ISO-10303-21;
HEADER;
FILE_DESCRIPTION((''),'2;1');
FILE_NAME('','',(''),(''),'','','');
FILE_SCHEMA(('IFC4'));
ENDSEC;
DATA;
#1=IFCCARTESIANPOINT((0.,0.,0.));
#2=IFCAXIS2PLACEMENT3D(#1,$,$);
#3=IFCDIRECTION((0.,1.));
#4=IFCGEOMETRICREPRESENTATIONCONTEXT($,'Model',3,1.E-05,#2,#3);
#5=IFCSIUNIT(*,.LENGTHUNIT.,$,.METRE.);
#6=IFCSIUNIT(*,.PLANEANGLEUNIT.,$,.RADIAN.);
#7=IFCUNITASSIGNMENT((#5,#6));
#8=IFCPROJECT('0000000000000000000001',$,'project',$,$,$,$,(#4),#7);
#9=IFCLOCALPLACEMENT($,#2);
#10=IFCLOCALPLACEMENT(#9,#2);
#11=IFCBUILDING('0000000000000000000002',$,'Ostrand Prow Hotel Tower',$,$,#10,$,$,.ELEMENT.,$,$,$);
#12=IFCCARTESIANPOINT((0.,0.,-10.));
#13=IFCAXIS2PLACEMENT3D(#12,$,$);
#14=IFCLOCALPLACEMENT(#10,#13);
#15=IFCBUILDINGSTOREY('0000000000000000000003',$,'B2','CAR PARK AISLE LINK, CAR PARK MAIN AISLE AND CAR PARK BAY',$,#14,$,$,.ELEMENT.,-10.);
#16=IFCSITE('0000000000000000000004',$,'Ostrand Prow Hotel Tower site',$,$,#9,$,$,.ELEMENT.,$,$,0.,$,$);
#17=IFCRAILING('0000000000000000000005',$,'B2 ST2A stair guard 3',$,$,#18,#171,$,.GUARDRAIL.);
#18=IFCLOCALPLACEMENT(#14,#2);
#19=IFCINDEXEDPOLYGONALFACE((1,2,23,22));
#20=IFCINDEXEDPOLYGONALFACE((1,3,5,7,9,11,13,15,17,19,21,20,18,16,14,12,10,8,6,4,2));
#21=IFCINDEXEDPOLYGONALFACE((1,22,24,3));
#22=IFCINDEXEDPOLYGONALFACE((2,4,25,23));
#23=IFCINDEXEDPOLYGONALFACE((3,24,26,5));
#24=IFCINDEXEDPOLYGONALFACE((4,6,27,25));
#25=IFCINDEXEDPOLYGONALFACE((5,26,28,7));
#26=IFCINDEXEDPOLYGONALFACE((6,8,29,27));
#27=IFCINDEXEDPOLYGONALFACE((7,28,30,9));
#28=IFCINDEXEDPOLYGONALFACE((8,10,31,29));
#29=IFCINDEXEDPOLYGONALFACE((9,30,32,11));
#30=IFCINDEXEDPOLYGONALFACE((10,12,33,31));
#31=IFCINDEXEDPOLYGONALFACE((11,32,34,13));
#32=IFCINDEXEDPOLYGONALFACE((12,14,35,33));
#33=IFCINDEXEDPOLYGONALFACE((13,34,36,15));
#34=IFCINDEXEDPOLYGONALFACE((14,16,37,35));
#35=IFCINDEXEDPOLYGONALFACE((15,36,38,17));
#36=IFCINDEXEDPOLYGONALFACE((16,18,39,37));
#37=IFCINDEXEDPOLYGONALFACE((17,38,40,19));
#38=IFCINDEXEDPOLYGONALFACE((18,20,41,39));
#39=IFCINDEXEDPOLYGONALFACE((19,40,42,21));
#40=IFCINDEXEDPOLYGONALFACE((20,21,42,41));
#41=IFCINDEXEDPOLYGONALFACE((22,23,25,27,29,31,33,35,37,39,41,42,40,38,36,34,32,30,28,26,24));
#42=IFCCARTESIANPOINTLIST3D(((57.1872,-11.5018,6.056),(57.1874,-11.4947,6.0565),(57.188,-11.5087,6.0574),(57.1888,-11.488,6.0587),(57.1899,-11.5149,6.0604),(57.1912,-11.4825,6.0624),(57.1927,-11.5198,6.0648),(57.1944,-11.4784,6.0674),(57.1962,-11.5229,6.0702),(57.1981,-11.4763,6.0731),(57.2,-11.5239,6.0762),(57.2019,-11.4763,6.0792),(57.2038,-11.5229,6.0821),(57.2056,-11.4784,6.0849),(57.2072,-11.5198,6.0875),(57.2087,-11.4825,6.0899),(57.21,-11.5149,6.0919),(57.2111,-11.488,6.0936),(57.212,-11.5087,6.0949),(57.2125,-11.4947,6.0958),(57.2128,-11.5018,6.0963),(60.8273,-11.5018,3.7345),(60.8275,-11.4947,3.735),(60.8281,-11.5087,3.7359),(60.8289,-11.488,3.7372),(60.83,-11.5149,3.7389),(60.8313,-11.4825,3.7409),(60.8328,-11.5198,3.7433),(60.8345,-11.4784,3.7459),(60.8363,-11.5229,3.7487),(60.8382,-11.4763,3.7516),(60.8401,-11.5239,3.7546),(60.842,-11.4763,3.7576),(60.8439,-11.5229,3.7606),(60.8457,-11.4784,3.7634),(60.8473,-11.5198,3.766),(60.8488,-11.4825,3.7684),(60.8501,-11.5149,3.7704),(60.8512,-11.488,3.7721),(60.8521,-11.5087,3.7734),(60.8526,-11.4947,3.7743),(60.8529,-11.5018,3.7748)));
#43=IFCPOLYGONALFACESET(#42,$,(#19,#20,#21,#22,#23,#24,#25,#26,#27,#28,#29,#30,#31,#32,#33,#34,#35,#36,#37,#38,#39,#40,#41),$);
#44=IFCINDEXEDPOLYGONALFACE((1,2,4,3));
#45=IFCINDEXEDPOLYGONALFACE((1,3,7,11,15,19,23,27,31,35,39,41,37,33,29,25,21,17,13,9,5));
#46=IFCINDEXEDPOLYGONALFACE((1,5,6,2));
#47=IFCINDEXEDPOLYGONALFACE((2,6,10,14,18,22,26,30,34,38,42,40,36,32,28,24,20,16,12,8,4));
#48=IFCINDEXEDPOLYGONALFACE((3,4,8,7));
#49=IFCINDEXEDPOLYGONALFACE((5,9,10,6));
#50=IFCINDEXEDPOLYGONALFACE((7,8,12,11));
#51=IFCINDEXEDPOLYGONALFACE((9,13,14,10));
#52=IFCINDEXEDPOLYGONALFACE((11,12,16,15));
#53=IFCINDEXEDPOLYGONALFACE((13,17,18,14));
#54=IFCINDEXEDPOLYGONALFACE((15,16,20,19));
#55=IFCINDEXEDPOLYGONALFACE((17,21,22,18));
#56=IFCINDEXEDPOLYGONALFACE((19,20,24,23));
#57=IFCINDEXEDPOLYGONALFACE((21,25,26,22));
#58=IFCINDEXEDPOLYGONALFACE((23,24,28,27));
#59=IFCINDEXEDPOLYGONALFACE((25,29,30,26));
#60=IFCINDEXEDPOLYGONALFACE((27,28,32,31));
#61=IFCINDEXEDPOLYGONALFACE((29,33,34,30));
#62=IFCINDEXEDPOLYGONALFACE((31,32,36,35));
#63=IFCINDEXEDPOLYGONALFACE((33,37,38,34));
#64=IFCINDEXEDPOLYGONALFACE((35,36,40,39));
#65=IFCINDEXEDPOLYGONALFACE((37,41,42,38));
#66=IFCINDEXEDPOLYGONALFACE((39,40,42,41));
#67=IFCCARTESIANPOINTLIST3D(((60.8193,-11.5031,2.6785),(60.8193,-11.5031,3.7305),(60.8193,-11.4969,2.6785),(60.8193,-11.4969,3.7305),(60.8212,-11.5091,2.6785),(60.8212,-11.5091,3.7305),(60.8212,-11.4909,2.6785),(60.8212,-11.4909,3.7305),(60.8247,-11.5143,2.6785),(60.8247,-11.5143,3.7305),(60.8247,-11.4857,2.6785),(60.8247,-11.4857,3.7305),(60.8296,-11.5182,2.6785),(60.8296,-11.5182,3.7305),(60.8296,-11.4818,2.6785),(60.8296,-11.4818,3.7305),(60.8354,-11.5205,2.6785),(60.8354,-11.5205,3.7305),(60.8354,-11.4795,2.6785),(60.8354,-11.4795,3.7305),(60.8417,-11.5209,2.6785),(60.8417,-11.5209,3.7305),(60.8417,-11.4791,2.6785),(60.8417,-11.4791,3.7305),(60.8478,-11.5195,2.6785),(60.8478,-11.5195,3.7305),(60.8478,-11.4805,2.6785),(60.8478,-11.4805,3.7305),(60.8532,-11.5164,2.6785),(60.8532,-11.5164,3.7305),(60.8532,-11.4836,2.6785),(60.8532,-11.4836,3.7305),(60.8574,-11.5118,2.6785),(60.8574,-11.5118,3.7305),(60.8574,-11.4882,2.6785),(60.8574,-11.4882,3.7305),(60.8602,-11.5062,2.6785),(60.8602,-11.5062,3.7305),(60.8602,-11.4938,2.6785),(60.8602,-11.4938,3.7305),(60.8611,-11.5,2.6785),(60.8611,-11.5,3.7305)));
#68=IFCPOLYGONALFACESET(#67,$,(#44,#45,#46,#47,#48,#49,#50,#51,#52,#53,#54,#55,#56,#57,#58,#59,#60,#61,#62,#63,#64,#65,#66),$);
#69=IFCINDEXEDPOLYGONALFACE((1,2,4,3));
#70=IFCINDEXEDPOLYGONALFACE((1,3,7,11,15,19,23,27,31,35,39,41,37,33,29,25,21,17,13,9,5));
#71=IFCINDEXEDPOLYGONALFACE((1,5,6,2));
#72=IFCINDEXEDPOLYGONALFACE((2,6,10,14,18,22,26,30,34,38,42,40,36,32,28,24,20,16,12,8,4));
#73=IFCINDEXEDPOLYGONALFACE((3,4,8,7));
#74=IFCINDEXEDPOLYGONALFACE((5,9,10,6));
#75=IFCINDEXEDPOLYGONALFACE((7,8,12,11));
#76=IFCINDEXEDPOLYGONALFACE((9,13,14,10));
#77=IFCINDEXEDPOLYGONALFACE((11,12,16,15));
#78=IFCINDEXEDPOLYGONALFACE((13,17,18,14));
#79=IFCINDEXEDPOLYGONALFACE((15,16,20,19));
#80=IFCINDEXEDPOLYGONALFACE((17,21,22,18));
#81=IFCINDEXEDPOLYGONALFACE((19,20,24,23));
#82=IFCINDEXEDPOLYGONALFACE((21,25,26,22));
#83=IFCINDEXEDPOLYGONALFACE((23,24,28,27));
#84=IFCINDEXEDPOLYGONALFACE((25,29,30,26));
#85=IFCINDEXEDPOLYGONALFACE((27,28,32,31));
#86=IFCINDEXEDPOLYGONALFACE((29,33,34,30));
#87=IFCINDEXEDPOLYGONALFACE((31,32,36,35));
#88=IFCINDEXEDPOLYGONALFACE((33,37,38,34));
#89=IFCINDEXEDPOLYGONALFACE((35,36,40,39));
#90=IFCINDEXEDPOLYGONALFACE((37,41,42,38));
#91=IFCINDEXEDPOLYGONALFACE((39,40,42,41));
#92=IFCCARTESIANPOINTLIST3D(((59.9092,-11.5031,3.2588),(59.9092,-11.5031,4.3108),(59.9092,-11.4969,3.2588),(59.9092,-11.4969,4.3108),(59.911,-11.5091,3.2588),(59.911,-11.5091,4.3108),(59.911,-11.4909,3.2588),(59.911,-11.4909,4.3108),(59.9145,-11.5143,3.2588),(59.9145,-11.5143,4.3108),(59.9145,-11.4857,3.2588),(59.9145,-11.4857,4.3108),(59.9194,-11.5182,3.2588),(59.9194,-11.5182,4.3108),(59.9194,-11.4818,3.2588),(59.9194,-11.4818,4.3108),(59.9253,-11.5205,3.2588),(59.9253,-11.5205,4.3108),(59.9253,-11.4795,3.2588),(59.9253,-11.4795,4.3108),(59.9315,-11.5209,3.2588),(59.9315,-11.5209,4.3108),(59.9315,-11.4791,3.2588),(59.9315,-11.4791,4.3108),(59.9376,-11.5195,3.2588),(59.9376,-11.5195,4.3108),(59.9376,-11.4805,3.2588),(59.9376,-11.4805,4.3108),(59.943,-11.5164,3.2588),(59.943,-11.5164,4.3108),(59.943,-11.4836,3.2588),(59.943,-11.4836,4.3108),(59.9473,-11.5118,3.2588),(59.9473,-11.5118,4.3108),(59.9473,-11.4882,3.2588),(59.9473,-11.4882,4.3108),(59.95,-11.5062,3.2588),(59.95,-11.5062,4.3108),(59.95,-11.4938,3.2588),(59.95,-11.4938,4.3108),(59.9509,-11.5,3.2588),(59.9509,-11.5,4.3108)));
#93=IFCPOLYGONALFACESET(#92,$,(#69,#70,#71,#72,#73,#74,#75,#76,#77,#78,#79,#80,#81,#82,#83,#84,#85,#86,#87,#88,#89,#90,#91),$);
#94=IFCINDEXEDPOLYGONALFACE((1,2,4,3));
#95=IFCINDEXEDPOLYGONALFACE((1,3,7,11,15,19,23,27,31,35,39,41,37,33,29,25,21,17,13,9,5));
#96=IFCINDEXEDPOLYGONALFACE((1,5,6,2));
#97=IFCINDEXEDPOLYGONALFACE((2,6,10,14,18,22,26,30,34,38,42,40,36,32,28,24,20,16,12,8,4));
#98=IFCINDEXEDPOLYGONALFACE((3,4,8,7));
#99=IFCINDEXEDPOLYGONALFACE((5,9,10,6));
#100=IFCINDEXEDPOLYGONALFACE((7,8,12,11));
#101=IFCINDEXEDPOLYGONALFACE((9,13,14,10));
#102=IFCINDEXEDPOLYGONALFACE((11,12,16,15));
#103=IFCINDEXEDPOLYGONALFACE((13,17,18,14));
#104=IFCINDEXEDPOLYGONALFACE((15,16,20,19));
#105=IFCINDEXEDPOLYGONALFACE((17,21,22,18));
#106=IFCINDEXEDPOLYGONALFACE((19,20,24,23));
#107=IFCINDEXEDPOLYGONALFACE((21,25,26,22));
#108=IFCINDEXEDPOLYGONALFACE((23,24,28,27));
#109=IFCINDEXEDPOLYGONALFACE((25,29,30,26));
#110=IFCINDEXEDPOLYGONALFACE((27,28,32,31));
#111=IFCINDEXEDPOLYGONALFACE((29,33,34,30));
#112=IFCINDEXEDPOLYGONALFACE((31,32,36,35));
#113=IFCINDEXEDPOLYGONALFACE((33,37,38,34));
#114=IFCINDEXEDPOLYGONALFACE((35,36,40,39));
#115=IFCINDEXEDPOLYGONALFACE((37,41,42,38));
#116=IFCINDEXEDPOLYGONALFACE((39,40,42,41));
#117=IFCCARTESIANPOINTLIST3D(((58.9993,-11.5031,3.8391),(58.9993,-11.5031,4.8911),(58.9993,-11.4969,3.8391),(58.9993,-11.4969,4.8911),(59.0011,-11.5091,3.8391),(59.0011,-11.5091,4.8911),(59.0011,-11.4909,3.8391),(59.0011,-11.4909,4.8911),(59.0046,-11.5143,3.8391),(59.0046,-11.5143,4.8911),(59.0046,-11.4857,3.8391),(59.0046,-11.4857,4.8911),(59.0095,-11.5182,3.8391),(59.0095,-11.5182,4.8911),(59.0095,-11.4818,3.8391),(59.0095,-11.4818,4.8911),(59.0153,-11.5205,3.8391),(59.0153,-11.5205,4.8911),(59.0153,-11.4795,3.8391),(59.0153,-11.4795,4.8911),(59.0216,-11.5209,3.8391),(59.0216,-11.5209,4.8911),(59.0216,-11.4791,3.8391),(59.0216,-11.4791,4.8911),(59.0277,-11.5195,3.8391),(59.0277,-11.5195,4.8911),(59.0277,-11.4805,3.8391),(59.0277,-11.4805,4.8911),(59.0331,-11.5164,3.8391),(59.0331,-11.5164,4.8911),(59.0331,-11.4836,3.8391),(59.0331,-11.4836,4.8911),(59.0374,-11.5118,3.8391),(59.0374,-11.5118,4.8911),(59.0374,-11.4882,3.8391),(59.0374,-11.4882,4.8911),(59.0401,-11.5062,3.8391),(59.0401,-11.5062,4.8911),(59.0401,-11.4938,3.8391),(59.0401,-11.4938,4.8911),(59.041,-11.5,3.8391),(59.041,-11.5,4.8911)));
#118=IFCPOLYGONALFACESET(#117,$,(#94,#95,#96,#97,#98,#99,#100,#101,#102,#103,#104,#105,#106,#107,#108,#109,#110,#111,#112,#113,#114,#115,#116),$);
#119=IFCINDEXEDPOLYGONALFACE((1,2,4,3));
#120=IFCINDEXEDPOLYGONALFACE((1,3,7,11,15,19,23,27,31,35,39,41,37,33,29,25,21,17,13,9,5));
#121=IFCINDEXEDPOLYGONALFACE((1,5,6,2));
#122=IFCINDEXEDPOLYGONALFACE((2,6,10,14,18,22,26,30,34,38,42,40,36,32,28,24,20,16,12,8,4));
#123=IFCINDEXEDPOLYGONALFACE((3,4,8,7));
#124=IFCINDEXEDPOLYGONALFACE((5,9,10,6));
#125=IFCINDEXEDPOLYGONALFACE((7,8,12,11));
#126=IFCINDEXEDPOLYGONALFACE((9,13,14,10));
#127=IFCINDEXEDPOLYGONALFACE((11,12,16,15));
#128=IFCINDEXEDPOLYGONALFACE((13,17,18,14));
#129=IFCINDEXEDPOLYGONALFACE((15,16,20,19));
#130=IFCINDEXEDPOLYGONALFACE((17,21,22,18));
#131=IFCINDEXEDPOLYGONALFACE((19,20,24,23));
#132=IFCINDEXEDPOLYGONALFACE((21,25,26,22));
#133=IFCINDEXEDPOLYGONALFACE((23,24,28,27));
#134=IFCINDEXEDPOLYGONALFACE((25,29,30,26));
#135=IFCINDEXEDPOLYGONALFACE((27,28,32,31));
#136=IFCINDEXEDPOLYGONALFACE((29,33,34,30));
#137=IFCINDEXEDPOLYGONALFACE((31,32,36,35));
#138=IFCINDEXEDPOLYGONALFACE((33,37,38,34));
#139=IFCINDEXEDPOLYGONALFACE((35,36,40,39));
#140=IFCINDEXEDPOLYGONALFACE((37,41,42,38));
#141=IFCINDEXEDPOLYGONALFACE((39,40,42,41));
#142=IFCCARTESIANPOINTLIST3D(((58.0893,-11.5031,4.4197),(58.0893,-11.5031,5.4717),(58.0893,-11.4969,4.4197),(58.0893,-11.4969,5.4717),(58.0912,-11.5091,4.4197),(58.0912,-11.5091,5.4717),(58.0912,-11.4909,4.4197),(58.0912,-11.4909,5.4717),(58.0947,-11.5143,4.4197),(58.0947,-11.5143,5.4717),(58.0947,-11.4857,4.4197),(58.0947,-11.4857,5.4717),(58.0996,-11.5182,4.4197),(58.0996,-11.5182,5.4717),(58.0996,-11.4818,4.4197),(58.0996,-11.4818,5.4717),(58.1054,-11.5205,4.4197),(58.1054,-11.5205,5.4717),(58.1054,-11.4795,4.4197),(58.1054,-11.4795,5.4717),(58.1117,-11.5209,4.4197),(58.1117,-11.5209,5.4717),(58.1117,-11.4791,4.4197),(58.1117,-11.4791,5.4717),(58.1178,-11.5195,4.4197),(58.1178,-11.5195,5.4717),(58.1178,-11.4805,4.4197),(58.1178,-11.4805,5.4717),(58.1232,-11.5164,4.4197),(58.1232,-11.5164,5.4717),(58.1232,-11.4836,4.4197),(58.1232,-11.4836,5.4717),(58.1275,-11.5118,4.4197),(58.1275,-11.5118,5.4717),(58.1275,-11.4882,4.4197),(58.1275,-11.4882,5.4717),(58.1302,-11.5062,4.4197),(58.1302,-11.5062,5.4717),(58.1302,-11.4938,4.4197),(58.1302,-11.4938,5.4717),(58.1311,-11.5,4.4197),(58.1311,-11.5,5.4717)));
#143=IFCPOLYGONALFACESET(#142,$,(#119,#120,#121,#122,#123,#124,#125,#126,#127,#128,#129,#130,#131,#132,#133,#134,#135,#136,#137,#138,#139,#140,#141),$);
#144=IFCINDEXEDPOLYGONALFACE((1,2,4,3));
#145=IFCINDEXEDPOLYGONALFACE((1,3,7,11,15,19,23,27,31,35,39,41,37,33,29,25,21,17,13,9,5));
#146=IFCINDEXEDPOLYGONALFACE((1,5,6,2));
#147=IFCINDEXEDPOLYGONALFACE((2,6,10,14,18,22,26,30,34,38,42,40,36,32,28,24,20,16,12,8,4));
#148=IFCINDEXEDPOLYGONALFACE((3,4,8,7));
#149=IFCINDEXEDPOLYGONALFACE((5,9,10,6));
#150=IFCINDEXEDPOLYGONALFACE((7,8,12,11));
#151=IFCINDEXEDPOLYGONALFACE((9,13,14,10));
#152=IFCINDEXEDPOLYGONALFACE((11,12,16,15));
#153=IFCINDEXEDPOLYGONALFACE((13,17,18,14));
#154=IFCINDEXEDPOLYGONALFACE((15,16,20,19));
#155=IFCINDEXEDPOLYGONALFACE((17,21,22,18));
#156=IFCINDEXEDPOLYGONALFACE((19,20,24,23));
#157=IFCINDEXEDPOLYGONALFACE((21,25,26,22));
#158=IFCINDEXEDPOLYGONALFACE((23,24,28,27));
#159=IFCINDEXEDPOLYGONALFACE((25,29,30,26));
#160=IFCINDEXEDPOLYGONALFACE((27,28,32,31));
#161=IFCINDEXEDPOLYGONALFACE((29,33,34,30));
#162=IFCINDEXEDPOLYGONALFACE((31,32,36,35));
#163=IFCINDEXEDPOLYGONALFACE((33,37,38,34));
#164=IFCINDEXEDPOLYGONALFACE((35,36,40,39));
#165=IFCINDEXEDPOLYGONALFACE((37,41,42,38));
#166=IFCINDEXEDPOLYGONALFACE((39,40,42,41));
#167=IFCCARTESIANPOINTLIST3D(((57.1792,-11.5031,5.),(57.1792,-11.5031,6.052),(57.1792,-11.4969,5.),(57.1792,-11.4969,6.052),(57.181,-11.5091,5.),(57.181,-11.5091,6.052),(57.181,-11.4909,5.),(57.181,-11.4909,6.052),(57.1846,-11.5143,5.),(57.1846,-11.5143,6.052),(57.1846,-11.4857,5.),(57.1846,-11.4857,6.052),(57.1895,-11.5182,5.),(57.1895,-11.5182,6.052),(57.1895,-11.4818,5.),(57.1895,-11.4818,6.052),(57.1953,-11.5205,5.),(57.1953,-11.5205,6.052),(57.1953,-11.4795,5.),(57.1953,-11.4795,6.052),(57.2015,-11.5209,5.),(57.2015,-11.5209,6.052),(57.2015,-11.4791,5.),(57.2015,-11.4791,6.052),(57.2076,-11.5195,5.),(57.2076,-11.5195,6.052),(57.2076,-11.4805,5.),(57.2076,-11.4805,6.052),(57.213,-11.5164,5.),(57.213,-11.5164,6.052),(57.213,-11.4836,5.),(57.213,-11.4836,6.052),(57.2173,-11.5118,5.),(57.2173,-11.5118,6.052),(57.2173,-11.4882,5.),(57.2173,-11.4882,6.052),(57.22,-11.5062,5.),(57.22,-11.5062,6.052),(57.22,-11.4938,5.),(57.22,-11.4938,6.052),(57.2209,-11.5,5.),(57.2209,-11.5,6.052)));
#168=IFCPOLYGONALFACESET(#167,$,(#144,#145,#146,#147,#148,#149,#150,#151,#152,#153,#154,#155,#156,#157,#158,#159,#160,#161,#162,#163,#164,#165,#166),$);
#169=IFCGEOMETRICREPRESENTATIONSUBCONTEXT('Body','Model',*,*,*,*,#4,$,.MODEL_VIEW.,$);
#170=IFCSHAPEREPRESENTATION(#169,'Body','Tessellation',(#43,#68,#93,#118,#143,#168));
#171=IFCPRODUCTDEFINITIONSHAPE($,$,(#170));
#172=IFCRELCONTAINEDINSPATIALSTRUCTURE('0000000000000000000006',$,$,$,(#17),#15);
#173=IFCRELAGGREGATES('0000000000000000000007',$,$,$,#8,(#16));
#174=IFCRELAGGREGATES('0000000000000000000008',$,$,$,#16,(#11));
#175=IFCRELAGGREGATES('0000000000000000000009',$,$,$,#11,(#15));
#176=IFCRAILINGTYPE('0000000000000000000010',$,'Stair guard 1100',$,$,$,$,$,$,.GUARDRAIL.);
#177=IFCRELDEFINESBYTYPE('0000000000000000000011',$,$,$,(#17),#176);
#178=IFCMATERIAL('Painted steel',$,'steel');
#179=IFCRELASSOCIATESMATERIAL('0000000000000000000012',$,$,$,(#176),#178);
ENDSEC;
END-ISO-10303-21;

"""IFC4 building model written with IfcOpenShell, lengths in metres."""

from ifc_helpers import new_model, si_unit, direction, frame, origin, origin_2d, place, context, subcontext, project, spatial, circle, extrude, material, type_object, element, save


model = new_model("IFC4")

# Units and contexts
model_context = context("Model", 3, precision=1e-05, world=origin(), true_north=direction((0.0, 1.0)))
body_context = subcontext(model_context, "Body", "Model", "MODEL_VIEW")
ifc_project = project(units=[si_unit("LENGTHUNIT", "METRE"), si_unit("PLANEANGLEUNIT", "RADIAN")], contexts=[model_context])

# Site, building, storey
site_placement = place(None, origin())
site = spatial("IfcSite", under=ifc_project, at=site_placement, Name="Ostrand Prow Hotel Tower site", CompositionType="ELEMENT", RefElevation=0.0)
building_placement = place(site_placement, origin())
building = spatial("IfcBuilding", under=site, at=building_placement, Name="Ostrand Prow Hotel Tower", CompositionType="ELEMENT")
storey_placement = place(building_placement, frame((0.0, 0.0, -10.0)))
storey = spatial("IfcBuildingStorey", under=building, at=storey_placement, Name="B2", Description="CAR PARK AISLE LINK, CAR PARK MAIN AISLE AND CAR PARK BAY", CompositionType="ELEMENT", Elevation=-10.0)

# Railing
ifc_material_1 = material(Name="Painted steel", Category="steel")
railing_type_1 = type_object("IfcRailingType", Name="Stair guard 1100", PredefinedType="GUARDRAIL", material=ifc_material_1)
railing_1_placement = place(storey_placement, frame((60.8401, -11.5, 2.6785)))
element("IfcRailing", 1, at=railing_1_placement, inside=storey, type_object=railing_type_1, Name="B2 ST2A stair guard 3", PredefinedType="GUARDRAIL", context=body_context, shape_type="SweptSolid", body=[
    extrude(circle(Radius=0.0239, at=origin_2d()), frame((0.0, 0.0, 1.0762), z_axis=(-0.843128, 0.0, 0.537713), x_axis=(0.0, -1.0, 0.0)), (0.0, 0.0, 1.0), 4.3174),
    extrude(circle(Radius=0.021, at=origin_2d()), origin(), (0.0, 0.0, 1.0), 1.052),
    extrude(circle(Radius=0.021, at=origin_2d()), frame((-0.9102, 0.0, 0.5803)), (0.0, 0.0, 1.0), 1.052),
    extrude(circle(Radius=0.021, at=origin_2d()), frame((-1.8201, 0.0, 1.1606)), (0.0, 0.0, 1.0), 1.052),
    extrude(circle(Radius=0.021, at=origin_2d()), frame((-2.73, 0.0, 1.7412)), (0.0, 0.0, 1.0), 1.052),
    extrude(circle(Radius=0.021, at=origin_2d()), frame((-3.6401, 0.0, 2.3215)), (0.0, 0.0, 1.0), 1.052),
])

save(model, "model.ifc")
